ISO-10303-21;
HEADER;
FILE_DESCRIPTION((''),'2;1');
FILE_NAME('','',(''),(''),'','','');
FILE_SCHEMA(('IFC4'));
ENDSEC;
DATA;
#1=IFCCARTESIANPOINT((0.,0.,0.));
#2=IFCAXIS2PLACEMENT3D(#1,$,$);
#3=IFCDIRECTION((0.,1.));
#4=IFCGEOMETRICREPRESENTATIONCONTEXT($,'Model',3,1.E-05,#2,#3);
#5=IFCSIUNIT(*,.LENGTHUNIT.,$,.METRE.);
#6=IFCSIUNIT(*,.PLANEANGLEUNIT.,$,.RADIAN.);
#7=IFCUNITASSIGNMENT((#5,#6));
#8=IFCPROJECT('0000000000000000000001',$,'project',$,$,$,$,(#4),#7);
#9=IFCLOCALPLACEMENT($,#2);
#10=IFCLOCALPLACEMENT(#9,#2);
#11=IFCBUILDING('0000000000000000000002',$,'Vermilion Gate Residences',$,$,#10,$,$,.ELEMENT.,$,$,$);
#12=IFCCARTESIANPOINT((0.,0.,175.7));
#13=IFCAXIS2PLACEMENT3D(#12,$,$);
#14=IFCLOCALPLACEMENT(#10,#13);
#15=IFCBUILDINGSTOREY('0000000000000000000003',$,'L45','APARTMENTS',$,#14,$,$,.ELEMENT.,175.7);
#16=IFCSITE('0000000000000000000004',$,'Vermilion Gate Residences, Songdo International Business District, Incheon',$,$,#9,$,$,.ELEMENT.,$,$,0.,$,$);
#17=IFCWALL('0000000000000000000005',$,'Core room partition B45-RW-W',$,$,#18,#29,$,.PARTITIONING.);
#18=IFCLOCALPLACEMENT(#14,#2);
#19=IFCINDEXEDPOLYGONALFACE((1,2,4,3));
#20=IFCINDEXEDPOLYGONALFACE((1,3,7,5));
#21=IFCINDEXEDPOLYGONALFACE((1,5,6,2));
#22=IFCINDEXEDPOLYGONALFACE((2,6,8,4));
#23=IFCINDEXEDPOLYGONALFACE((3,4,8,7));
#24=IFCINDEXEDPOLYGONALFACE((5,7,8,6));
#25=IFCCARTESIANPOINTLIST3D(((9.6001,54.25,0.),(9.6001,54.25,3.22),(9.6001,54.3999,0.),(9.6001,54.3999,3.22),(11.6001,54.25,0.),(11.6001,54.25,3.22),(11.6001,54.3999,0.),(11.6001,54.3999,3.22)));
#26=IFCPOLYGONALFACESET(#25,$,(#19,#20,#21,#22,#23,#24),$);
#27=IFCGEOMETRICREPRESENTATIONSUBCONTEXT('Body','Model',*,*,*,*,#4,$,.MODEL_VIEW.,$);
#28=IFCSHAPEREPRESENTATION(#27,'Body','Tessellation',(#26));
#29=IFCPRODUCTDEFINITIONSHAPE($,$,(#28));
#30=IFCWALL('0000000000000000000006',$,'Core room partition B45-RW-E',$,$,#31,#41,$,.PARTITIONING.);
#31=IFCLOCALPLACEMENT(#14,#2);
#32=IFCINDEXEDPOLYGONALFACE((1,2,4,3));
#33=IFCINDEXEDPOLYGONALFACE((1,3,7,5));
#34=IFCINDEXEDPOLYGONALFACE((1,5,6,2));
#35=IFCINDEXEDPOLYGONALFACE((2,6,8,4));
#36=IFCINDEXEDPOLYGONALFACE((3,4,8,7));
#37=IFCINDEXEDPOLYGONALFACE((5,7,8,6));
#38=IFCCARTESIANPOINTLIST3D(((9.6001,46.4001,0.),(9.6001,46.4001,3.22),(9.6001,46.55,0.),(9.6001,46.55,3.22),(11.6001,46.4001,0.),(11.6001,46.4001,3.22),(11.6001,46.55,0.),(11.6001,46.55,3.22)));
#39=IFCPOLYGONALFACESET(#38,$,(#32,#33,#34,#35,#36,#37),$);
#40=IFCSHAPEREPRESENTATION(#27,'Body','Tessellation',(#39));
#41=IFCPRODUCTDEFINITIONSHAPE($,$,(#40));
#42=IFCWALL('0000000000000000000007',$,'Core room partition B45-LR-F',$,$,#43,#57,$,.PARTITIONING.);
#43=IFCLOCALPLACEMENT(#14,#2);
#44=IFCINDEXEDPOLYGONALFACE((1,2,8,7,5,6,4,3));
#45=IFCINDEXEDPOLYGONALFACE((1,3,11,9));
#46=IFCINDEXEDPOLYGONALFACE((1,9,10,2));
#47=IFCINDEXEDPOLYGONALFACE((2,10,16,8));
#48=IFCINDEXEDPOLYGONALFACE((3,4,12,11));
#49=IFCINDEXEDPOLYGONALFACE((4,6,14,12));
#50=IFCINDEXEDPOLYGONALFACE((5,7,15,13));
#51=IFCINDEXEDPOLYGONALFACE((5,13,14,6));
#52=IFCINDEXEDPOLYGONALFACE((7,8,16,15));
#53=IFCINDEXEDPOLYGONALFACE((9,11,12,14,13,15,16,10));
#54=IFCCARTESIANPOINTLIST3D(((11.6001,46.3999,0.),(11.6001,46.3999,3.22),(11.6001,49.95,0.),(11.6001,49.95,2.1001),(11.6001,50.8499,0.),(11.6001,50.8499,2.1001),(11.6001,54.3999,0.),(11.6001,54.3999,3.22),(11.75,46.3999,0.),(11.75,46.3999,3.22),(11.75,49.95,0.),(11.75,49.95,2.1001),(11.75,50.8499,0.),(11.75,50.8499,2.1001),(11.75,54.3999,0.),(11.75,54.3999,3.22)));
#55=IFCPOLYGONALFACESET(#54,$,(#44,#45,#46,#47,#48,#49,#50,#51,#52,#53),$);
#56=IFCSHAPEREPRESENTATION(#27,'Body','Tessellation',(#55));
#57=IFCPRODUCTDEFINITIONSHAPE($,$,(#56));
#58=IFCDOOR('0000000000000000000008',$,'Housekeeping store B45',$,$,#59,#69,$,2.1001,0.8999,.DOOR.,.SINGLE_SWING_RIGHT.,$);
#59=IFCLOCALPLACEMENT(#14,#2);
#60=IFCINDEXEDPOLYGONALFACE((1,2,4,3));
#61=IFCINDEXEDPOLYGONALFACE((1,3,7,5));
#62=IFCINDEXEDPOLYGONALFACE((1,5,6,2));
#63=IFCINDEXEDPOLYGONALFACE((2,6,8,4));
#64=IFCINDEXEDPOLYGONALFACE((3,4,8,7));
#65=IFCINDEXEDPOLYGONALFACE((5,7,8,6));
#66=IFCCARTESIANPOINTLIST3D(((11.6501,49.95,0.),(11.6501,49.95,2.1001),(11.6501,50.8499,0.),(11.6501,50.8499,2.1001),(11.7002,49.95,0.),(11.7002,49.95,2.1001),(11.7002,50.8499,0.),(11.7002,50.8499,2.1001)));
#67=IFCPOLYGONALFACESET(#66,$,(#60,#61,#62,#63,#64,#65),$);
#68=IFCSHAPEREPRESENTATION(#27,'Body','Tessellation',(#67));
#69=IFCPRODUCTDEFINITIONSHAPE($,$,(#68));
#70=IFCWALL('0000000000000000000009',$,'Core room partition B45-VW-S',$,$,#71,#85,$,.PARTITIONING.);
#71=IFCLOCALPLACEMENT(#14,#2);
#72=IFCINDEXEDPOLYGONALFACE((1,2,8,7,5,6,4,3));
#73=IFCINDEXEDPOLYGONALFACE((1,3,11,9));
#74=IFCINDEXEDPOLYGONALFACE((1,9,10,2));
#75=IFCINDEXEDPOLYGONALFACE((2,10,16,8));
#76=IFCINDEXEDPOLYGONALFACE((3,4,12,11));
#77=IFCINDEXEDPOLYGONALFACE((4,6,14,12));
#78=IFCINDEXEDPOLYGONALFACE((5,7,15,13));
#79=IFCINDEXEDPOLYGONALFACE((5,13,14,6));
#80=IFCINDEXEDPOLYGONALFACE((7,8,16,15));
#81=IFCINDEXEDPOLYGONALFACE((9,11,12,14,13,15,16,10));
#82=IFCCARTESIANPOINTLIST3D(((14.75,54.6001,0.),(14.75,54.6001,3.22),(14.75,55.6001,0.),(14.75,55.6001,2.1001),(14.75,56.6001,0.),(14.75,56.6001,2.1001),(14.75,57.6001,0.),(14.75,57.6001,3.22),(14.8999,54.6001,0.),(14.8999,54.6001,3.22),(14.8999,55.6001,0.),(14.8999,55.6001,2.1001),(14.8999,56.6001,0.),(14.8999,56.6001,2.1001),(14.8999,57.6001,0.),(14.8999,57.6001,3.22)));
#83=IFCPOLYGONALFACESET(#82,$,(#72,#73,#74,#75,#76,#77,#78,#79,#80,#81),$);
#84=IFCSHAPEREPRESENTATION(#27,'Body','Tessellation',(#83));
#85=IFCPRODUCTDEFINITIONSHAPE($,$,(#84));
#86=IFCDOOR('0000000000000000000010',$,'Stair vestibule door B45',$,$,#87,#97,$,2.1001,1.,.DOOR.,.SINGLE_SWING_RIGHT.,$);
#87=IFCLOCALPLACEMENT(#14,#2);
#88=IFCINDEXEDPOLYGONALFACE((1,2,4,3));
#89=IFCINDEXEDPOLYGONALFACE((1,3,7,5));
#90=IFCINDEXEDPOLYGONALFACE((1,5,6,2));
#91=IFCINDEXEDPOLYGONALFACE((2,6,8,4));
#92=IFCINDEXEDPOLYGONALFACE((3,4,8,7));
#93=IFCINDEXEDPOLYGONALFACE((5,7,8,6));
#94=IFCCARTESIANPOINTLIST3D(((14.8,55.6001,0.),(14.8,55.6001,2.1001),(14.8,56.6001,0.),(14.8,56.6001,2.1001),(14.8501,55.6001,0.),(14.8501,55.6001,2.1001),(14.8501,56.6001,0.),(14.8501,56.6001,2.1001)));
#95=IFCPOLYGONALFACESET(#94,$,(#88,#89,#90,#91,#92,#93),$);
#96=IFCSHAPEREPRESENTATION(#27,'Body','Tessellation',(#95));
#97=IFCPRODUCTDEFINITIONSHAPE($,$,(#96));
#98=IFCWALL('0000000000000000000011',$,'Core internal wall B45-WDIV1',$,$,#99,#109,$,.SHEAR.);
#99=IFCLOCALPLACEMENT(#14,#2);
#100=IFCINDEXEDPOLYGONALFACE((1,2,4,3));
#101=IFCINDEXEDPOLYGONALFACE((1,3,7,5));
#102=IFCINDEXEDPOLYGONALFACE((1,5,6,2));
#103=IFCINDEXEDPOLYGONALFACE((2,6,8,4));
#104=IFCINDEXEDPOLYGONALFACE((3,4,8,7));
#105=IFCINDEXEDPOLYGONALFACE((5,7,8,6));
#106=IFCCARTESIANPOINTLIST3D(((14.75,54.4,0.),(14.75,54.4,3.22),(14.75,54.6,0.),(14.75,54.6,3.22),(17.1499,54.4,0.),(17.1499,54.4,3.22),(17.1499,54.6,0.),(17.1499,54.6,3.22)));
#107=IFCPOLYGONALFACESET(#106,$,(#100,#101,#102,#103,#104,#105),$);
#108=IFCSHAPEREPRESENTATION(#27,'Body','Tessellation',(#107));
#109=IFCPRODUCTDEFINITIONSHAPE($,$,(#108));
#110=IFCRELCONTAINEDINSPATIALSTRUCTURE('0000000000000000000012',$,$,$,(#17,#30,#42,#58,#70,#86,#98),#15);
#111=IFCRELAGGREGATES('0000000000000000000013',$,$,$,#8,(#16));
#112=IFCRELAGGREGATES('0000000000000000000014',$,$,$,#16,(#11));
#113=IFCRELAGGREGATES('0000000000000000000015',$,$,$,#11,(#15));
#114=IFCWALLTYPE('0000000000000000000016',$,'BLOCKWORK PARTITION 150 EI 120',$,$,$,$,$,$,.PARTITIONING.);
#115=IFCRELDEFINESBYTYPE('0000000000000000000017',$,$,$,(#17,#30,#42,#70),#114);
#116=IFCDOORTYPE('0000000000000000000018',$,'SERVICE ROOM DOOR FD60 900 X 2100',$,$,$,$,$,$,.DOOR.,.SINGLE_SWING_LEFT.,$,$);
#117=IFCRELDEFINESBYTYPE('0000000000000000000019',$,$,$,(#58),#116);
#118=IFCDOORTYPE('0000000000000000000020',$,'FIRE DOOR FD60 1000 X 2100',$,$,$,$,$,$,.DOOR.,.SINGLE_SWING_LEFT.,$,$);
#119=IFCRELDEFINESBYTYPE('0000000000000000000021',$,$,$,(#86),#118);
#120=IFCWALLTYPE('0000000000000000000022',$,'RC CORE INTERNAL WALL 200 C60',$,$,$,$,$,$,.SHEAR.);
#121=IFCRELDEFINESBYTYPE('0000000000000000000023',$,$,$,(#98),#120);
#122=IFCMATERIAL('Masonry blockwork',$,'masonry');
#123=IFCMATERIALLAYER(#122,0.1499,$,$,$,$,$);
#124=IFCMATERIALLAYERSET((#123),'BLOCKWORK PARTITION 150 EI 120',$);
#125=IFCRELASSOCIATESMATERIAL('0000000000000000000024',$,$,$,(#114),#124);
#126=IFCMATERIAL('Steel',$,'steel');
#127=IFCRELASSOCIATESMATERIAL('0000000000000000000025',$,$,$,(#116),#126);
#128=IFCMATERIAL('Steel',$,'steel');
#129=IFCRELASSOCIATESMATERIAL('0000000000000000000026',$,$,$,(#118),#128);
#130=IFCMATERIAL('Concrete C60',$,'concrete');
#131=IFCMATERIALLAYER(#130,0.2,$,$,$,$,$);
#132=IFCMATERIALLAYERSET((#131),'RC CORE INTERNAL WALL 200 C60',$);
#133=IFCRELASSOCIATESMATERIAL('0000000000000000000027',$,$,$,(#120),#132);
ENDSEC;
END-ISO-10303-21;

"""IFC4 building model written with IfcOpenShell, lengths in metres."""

from ifc_helpers import new_model, si_unit, direction, frame, frame_2d, origin, place, context, subcontext, project, spatial, rectangle, extrude, material, layer, layer_set, type_object, element, fill, save


model = new_model("IFC4")

# Units and contexts
model_context = context("Model", 3, precision=1e-05, world=origin(), true_north=direction((0.0, 1.0)))
body_context = subcontext(model_context, "Body", "Model", "MODEL_VIEW")
ifc_project = project(units=[si_unit("LENGTHUNIT", "METRE"), si_unit("PLANEANGLEUNIT", "RADIAN")], contexts=[model_context])

# Site, building, storey
site_placement = place(None, origin())
site = spatial("IfcSite", under=ifc_project, at=site_placement, Name="Vermilion Gate Residences, Songdo International Business District, Incheon", CompositionType="ELEMENT", RefElevation=0.0)
building_placement = place(site_placement, origin())
building = spatial("IfcBuilding", under=site, at=building_placement, Name="Vermilion Gate Residences", CompositionType="ELEMENT")
storey_placement = place(building_placement, frame((0.0, 0.0, 175.7)))
storey = spatial("IfcBuildingStorey", under=building, at=storey_placement, Name="L45", Description="APARTMENTS", CompositionType="ELEMENT", Elevation=175.7)

# Walls
ifc_material_1 = material(Name="Masonry blockwork", Category="masonry")
ifc_layer_1 = layer(ifc_material_1, 0.1499)
ifc_layer_set_1 = layer_set([ifc_layer_1], Name="BLOCKWORK PARTITION 150 EI 120")
wall_type_1 = type_object("IfcWallType", Name="BLOCKWORK PARTITION 150 EI 120", PredefinedType="PARTITIONING", material=ifc_layer_set_1)
for number, where, z_axis, x_axis, name in (
    (1, (9.6001, 54.325, 0.0), (0.0, 0.0, 1.0), (1.0, 0.0, 0.0), "Core room partition B45-RW-W"),
    (2, (9.6001, 46.4751, 0.0), (0.0, 0.0, 1.0), (1.0, 0.0, 0.0), "Core room partition B45-RW-E"),
):
    element("IfcWall", number, at=place(storey_placement, frame(where, z_axis=z_axis, x_axis=x_axis)), inside=storey, type_object=wall_type_1, Name=name, PredefinedType="PARTITIONING", context=body_context, shape_type="SweptSolid", body=[
        extrude(rectangle(XDim=2.0, YDim=0.1499, at=frame_2d((1.0, 0.0))), origin(), (0.0, 0.0, 1.0), 3.22),
    ])

# Walls, openings, doors
wall_1_placement = place(storey_placement, frame((11.675, 54.3999, 0.0), z_axis=(0.0, 0.0, 1.0), x_axis=(0.0, -1.0, 0.0)))
wall_1 = element("IfcWall", 3, at=wall_1_placement, inside=storey, type_object=wall_type_1, Name="Core room partition B45-LR-F", PredefinedType="PARTITIONING", context=body_context, shape_type="SweptSolid", body=[
    extrude(rectangle(XDim=8.0, YDim=0.1499, at=frame_2d((4.0, 0.0))), origin(), (0.0, 0.0, 1.0), 3.22),
])
opening_1_placement = place(wall_1_placement, frame((3.55, 0.0, 0.0)))
opening_1 = element("IfcOpeningElement", 4, at=opening_1_placement, cuts=wall_1, PredefinedType="OPENING", context=body_context, shape_type="SweptSolid", body=[
    extrude(rectangle(XDim=0.8999, YDim=2.1001, at=frame_2d((0.45, 1.05))), frame((0.0, 0.085, 0.0), z_axis=(0.0, -1.0, 0.0), x_axis=(1.0, 0.0, 0.0)), (0.0, 0.0, 1.0), 0.1699),
])
ifc_material_2 = material(Name="Steel", Category="steel")
door_type_1 = type_object("IfcDoorType", Name="SERVICE ROOM DOOR FD60 900 X 2100", OperationType="SINGLE_SWING_LEFT", PredefinedType="DOOR", material=ifc_material_2)
door_1_placement = place(opening_1_placement, frame((0.8999, 0.0, 0.0), z_axis=(0.0, 0.0, 1.0), x_axis=(-1.0, 0.0, 0.0)))
door_1 = element("IfcDoor", 5, at=door_1_placement, inside=storey, type_object=door_type_1, Name="Housekeeping store B45", OperationType="SINGLE_SWING_RIGHT", OverallHeight=2.1001, OverallWidth=0.8999, PredefinedType="DOOR", context=body_context, shape_type="SweptSolid", body=[
    extrude(rectangle(XDim=0.8999, YDim=2.1001, at=frame_2d((0.45, 1.05))), frame((0.0, 0.0249, 0.0), z_axis=(0.0, -1.0, 0.0), x_axis=(1.0, 0.0, 0.0)), (0.0, 0.0, 1.0), 0.05),
])
fill(opening_1, door_1)
wall_2_placement = place(storey_placement, frame((14.825, 57.6001, 0.0), z_axis=(0.0, 0.0, 1.0), x_axis=(0.0, -1.0, 0.0)))
wall_2 = element("IfcWall", 6, at=wall_2_placement, inside=storey, type_object=wall_type_1, Name="Core room partition B45-VW-S", PredefinedType="PARTITIONING", context=body_context, shape_type="SweptSolid", body=[
    extrude(rectangle(XDim=3.0, YDim=0.1499, at=frame_2d((1.5, 0.0))), origin(), (0.0, 0.0, 1.0), 3.22),
])
opening_2_placement = place(wall_2_placement, frame((1.0, 0.0, 0.0)))
opening_2 = element("IfcOpeningElement", 7, at=opening_2_placement, cuts=wall_2, PredefinedType="OPENING", context=body_context, shape_type="SweptSolid", body=[
    extrude(rectangle(XDim=1.0, YDim=2.1001, at=frame_2d((0.5, 1.05))), frame((0.0, 0.085, 0.0), z_axis=(0.0, -1.0, 0.0), x_axis=(1.0, 0.0, 0.0)), (0.0, 0.0, 1.0), 0.1699),
])
ifc_material_3 = material(Name="Steel", Category="steel")
door_type_2 = type_object("IfcDoorType", Name="FIRE DOOR FD60 1000 X 2100", OperationType="SINGLE_SWING_LEFT", PredefinedType="DOOR", material=ifc_material_3)
door_2_placement = place(opening_2_placement, frame((1.0, 0.0, 0.0), z_axis=(0.0, 0.0, 1.0), x_axis=(-1.0, 0.0, 0.0)))
door_2 = element("IfcDoor", 8, at=door_2_placement, inside=storey, type_object=door_type_2, Name="Stair vestibule door B45", OperationType="SINGLE_SWING_RIGHT", OverallHeight=2.1001, OverallWidth=1.0, PredefinedType="DOOR", context=body_context, shape_type="SweptSolid", body=[
    extrude(rectangle(XDim=1.0, YDim=2.1001, at=frame_2d((0.5, 1.05))), frame((0.0, 0.0249, 0.0), z_axis=(0.0, -1.0, 0.0), x_axis=(1.0, 0.0, 0.0)), (0.0, 0.0, 1.0), 0.05),
])
fill(opening_2, door_2)

# Wall
ifc_material_4 = material(Name="Concrete C60", Category="concrete")
ifc_layer_2 = layer(ifc_material_4, 0.2)
ifc_layer_set_2 = layer_set([ifc_layer_2], Name="RC CORE INTERNAL WALL 200 C60")
wall_type_2 = type_object("IfcWallType", Name="RC CORE INTERNAL WALL 200 C60", PredefinedType="SHEAR", material=ifc_layer_set_2)
wall_3_placement = place(storey_placement, frame((14.75, 54.5, 0.0), z_axis=(0.0, 0.0, 1.0), x_axis=(1.0, 0.0, 0.0)))
element("IfcWall", 9, at=wall_3_placement, inside=storey, type_object=wall_type_2, Name="Core internal wall B45-WDIV1", PredefinedType="SHEAR", context=body_context, shape_type="SweptSolid", body=[
    extrude(rectangle(XDim=2.3999, YDim=0.2, at=frame_2d((1.2, 0.0))), origin(), (0.0, 0.0, 1.0), 3.22),
])

save(model, "model.ifc")
